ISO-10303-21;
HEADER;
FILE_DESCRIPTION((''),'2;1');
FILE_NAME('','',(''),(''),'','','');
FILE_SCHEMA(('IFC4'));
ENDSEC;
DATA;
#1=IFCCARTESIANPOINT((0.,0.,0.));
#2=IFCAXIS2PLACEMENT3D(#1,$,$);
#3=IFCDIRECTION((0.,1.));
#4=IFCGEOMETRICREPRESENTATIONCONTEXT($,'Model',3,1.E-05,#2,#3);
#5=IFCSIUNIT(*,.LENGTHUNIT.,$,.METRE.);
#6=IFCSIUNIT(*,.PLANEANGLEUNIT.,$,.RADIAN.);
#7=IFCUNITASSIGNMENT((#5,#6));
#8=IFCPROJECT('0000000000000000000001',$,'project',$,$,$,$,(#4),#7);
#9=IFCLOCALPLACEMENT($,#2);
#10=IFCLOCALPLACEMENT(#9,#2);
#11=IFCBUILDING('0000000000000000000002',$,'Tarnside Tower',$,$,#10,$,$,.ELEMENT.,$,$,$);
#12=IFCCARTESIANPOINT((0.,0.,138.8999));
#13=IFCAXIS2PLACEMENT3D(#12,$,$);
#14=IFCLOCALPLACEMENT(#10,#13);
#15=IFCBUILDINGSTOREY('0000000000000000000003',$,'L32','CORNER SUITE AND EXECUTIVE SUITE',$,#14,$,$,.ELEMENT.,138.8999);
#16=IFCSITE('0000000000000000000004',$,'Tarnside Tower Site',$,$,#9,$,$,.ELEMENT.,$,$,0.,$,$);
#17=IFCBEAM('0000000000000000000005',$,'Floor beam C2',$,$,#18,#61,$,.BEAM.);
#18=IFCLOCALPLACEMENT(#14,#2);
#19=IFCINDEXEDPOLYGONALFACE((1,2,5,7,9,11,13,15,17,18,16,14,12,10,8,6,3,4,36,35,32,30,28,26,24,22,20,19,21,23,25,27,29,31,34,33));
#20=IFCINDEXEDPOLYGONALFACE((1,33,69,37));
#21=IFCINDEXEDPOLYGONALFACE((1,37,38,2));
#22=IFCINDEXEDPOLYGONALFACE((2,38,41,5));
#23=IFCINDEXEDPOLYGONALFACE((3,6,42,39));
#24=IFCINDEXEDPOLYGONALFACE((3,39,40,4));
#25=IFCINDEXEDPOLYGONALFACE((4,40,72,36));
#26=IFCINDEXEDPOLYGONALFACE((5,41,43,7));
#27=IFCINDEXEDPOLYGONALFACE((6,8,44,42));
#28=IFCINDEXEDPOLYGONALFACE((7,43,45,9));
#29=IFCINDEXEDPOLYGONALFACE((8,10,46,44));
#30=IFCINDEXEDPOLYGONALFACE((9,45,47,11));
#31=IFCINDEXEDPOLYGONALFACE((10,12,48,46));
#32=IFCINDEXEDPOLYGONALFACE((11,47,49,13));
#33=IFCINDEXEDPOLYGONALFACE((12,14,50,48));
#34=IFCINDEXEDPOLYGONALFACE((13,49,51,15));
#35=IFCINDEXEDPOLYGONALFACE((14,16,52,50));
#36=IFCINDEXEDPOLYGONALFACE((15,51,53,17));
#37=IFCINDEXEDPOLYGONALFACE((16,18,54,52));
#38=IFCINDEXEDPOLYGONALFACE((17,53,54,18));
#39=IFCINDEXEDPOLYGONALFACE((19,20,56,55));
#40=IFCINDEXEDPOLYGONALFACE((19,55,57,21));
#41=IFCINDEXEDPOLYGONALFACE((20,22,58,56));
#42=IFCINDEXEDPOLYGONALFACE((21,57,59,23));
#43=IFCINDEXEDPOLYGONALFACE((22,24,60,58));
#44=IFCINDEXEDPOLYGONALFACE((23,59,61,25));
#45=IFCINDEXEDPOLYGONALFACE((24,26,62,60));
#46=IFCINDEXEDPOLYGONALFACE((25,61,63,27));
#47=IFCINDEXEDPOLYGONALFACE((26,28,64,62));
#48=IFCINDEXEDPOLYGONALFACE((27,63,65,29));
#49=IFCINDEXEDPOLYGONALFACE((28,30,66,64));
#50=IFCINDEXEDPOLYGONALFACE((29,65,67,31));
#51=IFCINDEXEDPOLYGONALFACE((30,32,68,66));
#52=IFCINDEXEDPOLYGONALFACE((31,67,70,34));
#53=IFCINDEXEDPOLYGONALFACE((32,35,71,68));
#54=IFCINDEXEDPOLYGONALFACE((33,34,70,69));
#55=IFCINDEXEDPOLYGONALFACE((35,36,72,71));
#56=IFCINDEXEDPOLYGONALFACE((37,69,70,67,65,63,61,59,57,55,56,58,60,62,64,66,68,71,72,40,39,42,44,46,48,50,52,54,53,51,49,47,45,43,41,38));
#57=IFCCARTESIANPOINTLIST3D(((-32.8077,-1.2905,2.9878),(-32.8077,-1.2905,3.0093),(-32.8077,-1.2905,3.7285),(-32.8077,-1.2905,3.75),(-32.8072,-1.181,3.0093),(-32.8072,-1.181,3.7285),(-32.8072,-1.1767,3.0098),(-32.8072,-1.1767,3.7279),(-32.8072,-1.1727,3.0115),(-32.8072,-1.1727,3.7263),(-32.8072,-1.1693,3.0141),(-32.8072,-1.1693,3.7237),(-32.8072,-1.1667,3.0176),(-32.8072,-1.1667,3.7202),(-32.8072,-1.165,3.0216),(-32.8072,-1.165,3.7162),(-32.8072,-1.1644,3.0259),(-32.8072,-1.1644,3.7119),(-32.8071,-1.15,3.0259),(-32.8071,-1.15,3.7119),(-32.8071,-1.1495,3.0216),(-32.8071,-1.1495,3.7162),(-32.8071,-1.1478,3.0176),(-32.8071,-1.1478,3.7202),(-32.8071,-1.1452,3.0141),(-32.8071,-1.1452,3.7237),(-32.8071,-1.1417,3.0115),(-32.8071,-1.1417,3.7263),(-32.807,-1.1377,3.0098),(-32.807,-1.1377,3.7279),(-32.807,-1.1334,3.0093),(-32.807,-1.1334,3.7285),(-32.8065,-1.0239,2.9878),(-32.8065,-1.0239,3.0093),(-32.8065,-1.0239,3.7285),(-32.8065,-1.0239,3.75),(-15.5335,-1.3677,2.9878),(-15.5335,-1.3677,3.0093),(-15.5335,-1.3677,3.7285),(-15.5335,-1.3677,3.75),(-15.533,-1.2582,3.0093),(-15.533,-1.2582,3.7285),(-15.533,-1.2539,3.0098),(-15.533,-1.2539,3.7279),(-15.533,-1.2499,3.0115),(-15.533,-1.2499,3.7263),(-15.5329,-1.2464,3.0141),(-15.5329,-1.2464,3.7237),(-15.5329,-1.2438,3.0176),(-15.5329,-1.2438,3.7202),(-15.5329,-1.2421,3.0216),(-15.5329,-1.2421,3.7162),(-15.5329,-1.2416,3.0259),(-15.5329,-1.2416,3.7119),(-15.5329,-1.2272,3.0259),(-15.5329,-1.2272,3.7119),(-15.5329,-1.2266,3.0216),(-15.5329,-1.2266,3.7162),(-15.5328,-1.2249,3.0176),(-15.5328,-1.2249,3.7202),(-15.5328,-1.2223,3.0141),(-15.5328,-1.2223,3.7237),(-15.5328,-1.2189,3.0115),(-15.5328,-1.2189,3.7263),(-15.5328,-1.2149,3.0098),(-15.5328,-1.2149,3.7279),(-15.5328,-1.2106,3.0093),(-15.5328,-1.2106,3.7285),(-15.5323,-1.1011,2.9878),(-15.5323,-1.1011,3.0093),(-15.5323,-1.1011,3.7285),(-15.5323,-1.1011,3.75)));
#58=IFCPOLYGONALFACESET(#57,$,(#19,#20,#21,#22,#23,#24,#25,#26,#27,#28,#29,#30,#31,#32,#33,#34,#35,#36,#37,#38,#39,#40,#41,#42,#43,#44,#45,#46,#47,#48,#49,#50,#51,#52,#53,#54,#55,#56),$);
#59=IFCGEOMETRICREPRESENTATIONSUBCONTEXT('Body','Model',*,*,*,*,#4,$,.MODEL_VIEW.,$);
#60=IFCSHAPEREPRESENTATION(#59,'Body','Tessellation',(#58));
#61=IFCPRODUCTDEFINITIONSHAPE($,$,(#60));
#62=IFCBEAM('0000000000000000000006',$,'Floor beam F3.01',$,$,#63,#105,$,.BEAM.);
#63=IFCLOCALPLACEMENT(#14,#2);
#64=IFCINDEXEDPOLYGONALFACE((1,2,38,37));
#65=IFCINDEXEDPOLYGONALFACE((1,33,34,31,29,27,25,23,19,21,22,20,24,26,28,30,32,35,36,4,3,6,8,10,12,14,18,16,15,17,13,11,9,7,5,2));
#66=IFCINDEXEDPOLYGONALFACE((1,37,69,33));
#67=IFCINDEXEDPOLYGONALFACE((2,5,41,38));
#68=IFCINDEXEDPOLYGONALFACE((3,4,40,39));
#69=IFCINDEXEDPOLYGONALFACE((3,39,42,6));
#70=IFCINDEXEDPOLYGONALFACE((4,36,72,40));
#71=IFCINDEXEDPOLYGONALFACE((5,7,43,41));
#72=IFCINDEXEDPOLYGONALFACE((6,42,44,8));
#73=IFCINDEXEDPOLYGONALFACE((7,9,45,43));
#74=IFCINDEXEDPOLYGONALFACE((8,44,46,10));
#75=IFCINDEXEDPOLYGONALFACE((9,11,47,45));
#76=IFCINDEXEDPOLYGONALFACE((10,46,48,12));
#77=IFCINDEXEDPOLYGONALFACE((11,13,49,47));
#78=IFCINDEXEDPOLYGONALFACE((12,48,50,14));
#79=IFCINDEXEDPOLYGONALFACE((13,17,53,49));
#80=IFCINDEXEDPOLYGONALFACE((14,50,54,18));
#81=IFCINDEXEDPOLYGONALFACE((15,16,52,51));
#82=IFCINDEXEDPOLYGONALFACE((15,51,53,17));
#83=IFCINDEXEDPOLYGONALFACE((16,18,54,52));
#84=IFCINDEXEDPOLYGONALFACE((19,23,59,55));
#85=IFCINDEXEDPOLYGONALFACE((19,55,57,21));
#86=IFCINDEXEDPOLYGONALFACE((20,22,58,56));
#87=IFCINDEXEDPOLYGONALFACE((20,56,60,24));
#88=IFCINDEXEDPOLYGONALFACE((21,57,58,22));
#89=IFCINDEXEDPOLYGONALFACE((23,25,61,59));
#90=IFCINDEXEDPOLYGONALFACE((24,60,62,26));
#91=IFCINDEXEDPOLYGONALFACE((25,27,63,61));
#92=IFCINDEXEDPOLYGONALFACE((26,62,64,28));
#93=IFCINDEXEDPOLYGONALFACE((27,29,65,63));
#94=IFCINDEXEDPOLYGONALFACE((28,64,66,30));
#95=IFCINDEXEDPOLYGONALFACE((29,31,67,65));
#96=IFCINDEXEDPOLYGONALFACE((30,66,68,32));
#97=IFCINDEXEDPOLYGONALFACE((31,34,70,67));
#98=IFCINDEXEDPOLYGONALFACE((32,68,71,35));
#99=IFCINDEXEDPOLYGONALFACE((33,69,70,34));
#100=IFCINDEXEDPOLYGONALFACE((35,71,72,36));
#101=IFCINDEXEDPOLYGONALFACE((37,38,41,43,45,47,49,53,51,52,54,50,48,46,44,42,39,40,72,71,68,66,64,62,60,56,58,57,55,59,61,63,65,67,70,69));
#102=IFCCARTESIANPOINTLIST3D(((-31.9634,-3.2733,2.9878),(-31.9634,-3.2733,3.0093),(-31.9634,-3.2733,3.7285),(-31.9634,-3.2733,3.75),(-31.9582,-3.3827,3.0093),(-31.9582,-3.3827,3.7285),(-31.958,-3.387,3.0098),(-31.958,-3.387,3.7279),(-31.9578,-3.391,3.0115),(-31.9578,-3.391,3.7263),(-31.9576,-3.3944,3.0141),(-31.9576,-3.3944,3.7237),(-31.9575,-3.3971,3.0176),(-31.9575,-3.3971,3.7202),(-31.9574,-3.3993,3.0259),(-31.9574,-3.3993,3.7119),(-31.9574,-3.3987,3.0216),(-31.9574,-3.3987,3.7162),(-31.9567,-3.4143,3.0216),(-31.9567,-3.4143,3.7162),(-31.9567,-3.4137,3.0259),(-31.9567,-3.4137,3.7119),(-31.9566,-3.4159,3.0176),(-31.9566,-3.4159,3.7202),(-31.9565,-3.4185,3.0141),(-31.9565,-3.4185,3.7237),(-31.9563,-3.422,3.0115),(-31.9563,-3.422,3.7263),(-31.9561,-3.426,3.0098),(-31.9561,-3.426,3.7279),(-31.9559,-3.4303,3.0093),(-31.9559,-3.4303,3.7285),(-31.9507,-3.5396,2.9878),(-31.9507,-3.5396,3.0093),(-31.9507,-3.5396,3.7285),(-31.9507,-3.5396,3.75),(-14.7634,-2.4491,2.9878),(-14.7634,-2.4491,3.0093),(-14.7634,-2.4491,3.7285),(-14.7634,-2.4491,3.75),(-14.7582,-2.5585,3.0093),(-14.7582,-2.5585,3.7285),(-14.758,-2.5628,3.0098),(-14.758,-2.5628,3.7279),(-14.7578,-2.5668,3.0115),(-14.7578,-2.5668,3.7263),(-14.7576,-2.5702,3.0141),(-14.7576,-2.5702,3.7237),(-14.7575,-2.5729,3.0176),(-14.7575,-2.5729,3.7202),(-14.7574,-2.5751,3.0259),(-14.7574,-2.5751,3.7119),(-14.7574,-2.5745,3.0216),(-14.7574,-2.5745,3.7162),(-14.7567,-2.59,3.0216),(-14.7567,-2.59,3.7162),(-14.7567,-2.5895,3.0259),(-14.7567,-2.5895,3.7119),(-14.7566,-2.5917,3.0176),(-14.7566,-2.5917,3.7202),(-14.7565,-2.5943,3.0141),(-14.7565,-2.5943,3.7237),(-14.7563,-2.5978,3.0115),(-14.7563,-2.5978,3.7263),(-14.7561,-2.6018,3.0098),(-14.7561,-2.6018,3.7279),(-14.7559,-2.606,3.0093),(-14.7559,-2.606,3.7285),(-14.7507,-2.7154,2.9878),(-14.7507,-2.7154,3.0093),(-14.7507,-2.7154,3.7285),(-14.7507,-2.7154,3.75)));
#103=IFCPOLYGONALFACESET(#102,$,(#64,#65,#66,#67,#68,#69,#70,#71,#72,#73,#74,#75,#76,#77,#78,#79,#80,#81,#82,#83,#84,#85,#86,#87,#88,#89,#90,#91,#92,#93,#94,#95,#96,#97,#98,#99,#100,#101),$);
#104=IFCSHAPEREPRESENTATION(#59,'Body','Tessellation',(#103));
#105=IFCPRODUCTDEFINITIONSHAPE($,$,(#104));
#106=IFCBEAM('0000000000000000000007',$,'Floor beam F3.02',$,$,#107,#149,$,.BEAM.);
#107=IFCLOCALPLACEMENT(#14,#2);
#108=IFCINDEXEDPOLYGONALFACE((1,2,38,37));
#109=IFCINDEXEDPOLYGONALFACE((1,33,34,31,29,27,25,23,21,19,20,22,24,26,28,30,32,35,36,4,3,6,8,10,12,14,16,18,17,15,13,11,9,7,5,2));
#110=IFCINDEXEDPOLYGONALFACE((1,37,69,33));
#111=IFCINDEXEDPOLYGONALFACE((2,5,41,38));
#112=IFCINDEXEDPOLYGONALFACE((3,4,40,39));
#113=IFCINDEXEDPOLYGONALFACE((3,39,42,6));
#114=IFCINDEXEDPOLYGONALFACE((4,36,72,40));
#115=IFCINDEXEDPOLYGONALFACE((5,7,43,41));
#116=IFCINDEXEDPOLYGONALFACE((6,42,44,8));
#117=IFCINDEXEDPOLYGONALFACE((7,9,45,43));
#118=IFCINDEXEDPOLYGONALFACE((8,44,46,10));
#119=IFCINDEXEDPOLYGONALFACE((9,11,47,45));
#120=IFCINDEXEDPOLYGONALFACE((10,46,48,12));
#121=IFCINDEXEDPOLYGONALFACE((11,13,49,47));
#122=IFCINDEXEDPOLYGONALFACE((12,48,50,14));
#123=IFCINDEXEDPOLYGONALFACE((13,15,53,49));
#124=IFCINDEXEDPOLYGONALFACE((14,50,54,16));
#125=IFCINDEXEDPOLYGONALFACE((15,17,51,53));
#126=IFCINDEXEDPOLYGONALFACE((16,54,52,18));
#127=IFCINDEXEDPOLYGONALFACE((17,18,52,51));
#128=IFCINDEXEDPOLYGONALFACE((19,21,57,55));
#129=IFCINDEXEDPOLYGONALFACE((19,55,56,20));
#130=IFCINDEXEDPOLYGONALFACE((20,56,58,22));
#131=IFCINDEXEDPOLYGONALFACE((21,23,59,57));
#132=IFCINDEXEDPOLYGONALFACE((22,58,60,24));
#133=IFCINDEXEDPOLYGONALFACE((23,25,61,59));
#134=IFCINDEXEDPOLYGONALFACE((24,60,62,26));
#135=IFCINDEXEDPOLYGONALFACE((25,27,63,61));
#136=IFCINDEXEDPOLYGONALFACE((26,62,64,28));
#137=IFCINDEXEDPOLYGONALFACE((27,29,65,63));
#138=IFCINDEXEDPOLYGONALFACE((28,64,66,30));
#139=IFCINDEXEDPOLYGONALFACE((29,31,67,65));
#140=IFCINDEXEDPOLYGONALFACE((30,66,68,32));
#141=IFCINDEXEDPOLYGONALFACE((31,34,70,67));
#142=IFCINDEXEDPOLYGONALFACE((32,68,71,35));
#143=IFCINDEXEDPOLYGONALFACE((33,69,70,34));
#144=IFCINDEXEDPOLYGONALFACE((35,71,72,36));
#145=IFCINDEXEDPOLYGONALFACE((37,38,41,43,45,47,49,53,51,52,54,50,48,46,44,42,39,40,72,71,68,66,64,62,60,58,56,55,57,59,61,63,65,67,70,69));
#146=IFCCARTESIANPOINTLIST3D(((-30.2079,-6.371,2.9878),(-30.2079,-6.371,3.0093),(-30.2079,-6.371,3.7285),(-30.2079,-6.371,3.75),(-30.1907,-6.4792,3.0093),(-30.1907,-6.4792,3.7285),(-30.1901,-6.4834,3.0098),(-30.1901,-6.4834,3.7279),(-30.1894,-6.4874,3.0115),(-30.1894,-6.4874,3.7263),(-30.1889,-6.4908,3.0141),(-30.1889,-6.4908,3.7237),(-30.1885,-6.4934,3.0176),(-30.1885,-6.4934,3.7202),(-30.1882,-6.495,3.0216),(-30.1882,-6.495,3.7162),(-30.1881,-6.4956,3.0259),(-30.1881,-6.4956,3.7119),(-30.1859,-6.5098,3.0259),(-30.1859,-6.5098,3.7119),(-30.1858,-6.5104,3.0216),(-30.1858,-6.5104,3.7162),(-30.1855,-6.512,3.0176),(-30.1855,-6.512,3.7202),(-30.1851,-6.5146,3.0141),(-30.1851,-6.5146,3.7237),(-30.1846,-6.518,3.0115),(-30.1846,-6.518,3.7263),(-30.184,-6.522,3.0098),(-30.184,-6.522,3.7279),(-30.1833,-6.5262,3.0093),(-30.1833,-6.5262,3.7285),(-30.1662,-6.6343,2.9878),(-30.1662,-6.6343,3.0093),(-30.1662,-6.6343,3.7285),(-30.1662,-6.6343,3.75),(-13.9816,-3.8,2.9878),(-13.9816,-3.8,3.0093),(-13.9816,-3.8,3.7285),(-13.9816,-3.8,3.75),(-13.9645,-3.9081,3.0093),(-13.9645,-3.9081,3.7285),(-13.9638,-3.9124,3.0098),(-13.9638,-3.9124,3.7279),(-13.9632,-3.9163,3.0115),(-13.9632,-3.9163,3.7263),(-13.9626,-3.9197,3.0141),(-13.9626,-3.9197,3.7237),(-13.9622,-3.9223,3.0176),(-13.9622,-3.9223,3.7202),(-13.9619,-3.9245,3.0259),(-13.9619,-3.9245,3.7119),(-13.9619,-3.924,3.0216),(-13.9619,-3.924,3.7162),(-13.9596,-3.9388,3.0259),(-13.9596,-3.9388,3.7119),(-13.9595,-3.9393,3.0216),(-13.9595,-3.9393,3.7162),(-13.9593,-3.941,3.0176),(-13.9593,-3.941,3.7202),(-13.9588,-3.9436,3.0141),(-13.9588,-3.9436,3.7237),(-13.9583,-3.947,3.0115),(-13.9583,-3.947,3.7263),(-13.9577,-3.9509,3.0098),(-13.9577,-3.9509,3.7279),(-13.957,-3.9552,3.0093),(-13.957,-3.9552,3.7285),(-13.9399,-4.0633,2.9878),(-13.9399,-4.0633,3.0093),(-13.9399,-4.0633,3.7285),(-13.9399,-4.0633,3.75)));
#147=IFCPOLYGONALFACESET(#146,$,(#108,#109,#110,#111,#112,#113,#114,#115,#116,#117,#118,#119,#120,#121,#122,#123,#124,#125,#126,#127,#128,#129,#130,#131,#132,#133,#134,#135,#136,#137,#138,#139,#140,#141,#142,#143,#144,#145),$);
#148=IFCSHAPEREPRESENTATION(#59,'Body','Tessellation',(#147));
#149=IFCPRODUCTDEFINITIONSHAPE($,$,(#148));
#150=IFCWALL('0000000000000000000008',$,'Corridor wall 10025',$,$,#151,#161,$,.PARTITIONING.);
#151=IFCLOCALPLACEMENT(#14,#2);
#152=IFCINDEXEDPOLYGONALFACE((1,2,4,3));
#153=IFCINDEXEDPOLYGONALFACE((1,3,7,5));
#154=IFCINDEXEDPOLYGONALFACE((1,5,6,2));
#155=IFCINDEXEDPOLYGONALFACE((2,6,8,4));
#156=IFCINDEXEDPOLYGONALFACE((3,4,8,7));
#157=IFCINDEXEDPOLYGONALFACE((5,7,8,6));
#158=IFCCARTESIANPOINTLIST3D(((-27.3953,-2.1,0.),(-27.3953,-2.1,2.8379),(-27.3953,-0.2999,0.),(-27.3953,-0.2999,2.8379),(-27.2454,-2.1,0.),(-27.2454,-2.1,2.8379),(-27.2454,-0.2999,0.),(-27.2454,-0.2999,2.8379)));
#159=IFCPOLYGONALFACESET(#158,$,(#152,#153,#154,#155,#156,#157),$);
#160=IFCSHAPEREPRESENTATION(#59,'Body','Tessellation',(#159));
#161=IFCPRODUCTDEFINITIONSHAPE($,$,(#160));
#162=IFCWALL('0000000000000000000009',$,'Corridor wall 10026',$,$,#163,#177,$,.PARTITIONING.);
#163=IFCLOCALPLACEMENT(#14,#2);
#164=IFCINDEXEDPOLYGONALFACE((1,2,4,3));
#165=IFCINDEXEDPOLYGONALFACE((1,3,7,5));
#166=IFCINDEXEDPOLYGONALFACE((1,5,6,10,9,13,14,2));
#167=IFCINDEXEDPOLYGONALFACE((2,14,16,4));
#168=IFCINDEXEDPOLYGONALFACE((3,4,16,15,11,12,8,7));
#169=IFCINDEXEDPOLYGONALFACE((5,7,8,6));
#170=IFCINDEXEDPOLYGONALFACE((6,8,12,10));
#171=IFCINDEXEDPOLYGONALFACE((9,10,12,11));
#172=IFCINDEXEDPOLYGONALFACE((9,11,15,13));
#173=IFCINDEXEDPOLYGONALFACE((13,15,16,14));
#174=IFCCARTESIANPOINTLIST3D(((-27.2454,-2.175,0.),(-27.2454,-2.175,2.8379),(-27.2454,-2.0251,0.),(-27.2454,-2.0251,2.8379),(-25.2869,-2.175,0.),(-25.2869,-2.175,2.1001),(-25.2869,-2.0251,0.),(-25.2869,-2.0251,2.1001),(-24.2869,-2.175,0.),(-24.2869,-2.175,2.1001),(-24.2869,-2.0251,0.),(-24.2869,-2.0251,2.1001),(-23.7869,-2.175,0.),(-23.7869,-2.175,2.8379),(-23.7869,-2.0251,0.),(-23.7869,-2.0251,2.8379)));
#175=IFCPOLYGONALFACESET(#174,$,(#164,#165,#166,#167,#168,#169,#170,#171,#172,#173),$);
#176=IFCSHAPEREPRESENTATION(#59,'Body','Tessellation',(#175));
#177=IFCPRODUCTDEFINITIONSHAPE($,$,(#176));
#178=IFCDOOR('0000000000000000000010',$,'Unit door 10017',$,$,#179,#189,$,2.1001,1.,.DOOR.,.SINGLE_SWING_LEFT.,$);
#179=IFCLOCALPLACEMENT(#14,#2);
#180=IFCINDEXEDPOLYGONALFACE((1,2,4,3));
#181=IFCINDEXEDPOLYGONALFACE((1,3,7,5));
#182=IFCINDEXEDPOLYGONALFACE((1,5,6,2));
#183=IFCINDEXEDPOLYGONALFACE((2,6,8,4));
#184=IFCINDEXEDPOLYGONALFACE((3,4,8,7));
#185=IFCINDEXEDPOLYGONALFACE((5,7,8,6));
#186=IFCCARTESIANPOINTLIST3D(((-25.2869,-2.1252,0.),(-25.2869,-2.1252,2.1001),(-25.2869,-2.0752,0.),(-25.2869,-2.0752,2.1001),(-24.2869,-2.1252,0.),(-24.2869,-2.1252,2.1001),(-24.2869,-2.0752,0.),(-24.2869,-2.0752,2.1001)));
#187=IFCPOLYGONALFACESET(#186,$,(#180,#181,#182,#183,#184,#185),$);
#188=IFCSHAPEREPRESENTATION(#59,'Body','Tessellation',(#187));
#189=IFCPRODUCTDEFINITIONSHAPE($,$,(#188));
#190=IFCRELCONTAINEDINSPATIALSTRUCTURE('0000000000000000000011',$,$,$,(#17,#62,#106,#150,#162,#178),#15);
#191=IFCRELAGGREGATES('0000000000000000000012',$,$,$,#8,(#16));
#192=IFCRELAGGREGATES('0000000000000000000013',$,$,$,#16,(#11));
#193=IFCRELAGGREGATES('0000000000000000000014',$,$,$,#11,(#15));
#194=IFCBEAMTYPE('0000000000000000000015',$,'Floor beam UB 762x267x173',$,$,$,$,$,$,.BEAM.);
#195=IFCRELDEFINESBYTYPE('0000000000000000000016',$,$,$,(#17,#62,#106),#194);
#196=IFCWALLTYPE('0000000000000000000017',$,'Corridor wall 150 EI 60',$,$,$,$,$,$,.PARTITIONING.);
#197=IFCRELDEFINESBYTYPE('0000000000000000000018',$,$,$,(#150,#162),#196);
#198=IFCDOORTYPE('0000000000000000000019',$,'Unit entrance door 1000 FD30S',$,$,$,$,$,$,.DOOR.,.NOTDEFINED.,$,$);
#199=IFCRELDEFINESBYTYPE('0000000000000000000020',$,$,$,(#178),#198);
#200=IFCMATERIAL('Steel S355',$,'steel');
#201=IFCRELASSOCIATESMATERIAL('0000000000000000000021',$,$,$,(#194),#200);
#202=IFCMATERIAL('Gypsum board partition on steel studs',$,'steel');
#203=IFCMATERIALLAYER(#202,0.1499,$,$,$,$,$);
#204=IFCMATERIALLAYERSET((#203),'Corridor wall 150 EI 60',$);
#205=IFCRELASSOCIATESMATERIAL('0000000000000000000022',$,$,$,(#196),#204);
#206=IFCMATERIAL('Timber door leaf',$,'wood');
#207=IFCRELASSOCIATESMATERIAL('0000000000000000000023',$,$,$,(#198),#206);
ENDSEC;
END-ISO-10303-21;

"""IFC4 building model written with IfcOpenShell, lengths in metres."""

from ifc_helpers import new_model, si_unit, direction, frame, frame_2d, origin, origin_2d, place, context, subcontext, project, spatial, rectangle, i_section, extrude, material, layer, layer_set, material_profile, profile_set, type_object, element, fill, save


model = new_model("IFC4")

# Units and contexts
model_context = context("Model", 3, precision=1e-05, world=origin(), true_north=direction((0.0, 1.0)))
body_context = subcontext(model_context, "Body", "Model", "MODEL_VIEW")
ifc_project = project(units=[si_unit("LENGTHUNIT", "METRE"), si_unit("PLANEANGLEUNIT", "RADIAN")], contexts=[model_context])

# Site, building, storey
site_placement = place(None, origin())
site = spatial("IfcSite", under=ifc_project, at=site_placement, Name="Tarnside Tower Site", CompositionType="ELEMENT", RefElevation=0.0)
building_placement = place(site_placement, origin())
building = spatial("IfcBuilding", under=site, at=building_placement, Name="Tarnside Tower", CompositionType="ELEMENT")
storey_placement = place(building_placement, frame((0.0, 0.0, 138.8999)))
storey = spatial("IfcBuildingStorey", under=building, at=storey_placement, Name="L32", Description="CORNER SUITE AND EXECUTIVE SUITE", CompositionType="ELEMENT", Elevation=138.8999)

# Beams
ifc_material_1 = material(Name="Steel S355", Category="steel")
ifc_material_profile = material_profile(ifc_material_1, i_section(OverallWidth=0.2666, OverallDepth=0.7622, WebThickness=0.0144, FlangeThickness=0.0215, FilletRadius=0.0166, at=origin_2d()), Name="UB 762x267x173")
ifc_profile_set = profile_set([ifc_material_profile], Name="Steel S355")
beam_type = type_object("IfcBeamType", Name="Floor beam UB 762x267x173", PredefinedType="BEAM", material=ifc_profile_set)
beam_1_placement = place(storey_placement, frame((-32.8071, -1.1572, 3.3689), z_axis=(0.99999, -0.004466, 0.0), x_axis=(0.004466, 0.99999, 0.0)))
element("IfcBeam", 1, at=beam_1_placement, inside=storey, type_object=beam_type, Name="Floor beam C2", PredefinedType="BEAM", context=body_context, shape_type="SweptSolid", body=[
    extrude(i_section(OverallWidth=0.2666, OverallDepth=0.7622, WebThickness=0.0144, FlangeThickness=0.0215, FilletRadius=0.0166, at=origin_2d()), origin(), (0.0, 0.0, 1.0), 17.2744),
])
beam_2_placement = place(storey_placement, frame((-31.957, -3.4065, 3.3689), z_axis=(0.998854, 0.047865, 0.0), x_axis=(-0.047865, 0.998854, 0.0)))
element("IfcBeam", 2, at=beam_2_placement, inside=storey, type_object=beam_type, Name="Floor beam F3.01", PredefinedType="BEAM", context=body_context, shape_type="SweptSolid", body=[
    extrude(i_section(OverallWidth=0.2666, OverallDepth=0.7622, WebThickness=0.0144, FlangeThickness=0.0215, FilletRadius=0.0166, at=origin_2d()), origin(), (0.0, 0.0, 1.0), 17.2197),
])
beam_3_placement = place(storey_placement, frame((-30.187, -6.5027, 3.3689), z_axis=(0.987678, 0.156497, 0.0), x_axis=(-0.156497, 0.987678, 0.0)))
element("IfcBeam", 3, at=beam_3_placement, inside=storey, type_object=beam_type, Name="Floor beam F3.02", PredefinedType="BEAM", context=body_context, shape_type="SweptSolid", body=[
    extrude(i_section(OverallWidth=0.2666, OverallDepth=0.7622, WebThickness=0.0144, FlangeThickness=0.0215, FilletRadius=0.0166, at=origin_2d()), origin(), (0.0, 0.0, 1.0), 16.4287),
])

# Wall
ifc_material_2 = material(Name="Gypsum board partition on steel studs", Category="steel")
ifc_layer_1 = layer(ifc_material_2, 0.1499)
ifc_layer_set_1 = layer_set([ifc_layer_1], Name="Corridor wall 150 EI 60")
wall_type_1 = type_object("IfcWallType", Name="Corridor wall 150 EI 60", PredefinedType="PARTITIONING", material=ifc_layer_set_1)
wall_1_placement = place(storey_placement, frame((-27.3203, -0.3, 0.0), z_axis=(0.0, 0.0, 1.0), x_axis=(0.0, -1.0, 0.0)))
element("IfcWall", 4, at=wall_1_placement, inside=storey, type_object=wall_type_1, Name="Corridor wall 10025", PredefinedType="PARTITIONING", context=body_context, shape_type="SweptSolid", body=[
    extrude(rectangle(XDim=1.8, YDim=0.1499, at=frame_2d((0.8999, 0.0))), origin(), (0.0, 0.0, 1.0), 2.8379),
])

# Wall, opening, door
wall_2_placement = place(storey_placement, frame((-27.2454, -2.1001, 0.0), z_axis=(0.0, 0.0, 1.0), x_axis=(1.0, 0.0, 0.0)))
wall_2 = element("IfcWall", 5, at=wall_2_placement, inside=storey, type_object=wall_type_1, Name="Corridor wall 10026", PredefinedType="PARTITIONING", context=body_context, shape_type="SweptSolid", body=[
    extrude(rectangle(XDim=3.4585, YDim=0.1499, at=frame_2d((1.7292, 0.0))), origin(), (0.0, 0.0, 1.0), 2.8379),
])
opening_1_placement = place(wall_2_placement, frame((1.9585, 0.0, 0.0)))
opening_1 = element("IfcOpeningElement", 6, at=opening_1_placement, cuts=wall_2, PredefinedType="OPENING", context=body_context, shape_type="SweptSolid", body=[
    extrude(rectangle(XDim=1.0, YDim=2.1001, at=frame_2d((0.5, 1.05))), frame((0.0, 0.085, 0.0), z_axis=(0.0, -1.0, 0.0), x_axis=(1.0, 0.0, 0.0)), (0.0, 0.0, 1.0), 0.1699),
])
ifc_material_3 = material(Name="Timber door leaf", Category="wood")
door_type = type_object("IfcDoorType", Name="Unit entrance door 1000 FD30S", OperationType="NOTDEFINED", PredefinedType="DOOR", material=ifc_material_3)
door_placement = place(opening_1_placement, origin())
door = element("IfcDoor", 7, at=door_placement, inside=storey, type_object=door_type, Name="Unit door 10017", OperationType="SINGLE_SWING_LEFT", OverallHeight=2.1001, OverallWidth=1.0, PredefinedType="DOOR", context=body_context, shape_type="SweptSolid", body=[
    extrude(rectangle(XDim=1.0, YDim=2.1001, at=frame_2d((0.5, 1.05))), frame((0.0, 0.0249, 0.0), z_axis=(0.0, -1.0, 0.0), x_axis=(1.0, 0.0, 0.0)), (0.0, 0.0, 1.0), 0.05),
])
fill(opening_1, door)

save(model, "model.ifc")
